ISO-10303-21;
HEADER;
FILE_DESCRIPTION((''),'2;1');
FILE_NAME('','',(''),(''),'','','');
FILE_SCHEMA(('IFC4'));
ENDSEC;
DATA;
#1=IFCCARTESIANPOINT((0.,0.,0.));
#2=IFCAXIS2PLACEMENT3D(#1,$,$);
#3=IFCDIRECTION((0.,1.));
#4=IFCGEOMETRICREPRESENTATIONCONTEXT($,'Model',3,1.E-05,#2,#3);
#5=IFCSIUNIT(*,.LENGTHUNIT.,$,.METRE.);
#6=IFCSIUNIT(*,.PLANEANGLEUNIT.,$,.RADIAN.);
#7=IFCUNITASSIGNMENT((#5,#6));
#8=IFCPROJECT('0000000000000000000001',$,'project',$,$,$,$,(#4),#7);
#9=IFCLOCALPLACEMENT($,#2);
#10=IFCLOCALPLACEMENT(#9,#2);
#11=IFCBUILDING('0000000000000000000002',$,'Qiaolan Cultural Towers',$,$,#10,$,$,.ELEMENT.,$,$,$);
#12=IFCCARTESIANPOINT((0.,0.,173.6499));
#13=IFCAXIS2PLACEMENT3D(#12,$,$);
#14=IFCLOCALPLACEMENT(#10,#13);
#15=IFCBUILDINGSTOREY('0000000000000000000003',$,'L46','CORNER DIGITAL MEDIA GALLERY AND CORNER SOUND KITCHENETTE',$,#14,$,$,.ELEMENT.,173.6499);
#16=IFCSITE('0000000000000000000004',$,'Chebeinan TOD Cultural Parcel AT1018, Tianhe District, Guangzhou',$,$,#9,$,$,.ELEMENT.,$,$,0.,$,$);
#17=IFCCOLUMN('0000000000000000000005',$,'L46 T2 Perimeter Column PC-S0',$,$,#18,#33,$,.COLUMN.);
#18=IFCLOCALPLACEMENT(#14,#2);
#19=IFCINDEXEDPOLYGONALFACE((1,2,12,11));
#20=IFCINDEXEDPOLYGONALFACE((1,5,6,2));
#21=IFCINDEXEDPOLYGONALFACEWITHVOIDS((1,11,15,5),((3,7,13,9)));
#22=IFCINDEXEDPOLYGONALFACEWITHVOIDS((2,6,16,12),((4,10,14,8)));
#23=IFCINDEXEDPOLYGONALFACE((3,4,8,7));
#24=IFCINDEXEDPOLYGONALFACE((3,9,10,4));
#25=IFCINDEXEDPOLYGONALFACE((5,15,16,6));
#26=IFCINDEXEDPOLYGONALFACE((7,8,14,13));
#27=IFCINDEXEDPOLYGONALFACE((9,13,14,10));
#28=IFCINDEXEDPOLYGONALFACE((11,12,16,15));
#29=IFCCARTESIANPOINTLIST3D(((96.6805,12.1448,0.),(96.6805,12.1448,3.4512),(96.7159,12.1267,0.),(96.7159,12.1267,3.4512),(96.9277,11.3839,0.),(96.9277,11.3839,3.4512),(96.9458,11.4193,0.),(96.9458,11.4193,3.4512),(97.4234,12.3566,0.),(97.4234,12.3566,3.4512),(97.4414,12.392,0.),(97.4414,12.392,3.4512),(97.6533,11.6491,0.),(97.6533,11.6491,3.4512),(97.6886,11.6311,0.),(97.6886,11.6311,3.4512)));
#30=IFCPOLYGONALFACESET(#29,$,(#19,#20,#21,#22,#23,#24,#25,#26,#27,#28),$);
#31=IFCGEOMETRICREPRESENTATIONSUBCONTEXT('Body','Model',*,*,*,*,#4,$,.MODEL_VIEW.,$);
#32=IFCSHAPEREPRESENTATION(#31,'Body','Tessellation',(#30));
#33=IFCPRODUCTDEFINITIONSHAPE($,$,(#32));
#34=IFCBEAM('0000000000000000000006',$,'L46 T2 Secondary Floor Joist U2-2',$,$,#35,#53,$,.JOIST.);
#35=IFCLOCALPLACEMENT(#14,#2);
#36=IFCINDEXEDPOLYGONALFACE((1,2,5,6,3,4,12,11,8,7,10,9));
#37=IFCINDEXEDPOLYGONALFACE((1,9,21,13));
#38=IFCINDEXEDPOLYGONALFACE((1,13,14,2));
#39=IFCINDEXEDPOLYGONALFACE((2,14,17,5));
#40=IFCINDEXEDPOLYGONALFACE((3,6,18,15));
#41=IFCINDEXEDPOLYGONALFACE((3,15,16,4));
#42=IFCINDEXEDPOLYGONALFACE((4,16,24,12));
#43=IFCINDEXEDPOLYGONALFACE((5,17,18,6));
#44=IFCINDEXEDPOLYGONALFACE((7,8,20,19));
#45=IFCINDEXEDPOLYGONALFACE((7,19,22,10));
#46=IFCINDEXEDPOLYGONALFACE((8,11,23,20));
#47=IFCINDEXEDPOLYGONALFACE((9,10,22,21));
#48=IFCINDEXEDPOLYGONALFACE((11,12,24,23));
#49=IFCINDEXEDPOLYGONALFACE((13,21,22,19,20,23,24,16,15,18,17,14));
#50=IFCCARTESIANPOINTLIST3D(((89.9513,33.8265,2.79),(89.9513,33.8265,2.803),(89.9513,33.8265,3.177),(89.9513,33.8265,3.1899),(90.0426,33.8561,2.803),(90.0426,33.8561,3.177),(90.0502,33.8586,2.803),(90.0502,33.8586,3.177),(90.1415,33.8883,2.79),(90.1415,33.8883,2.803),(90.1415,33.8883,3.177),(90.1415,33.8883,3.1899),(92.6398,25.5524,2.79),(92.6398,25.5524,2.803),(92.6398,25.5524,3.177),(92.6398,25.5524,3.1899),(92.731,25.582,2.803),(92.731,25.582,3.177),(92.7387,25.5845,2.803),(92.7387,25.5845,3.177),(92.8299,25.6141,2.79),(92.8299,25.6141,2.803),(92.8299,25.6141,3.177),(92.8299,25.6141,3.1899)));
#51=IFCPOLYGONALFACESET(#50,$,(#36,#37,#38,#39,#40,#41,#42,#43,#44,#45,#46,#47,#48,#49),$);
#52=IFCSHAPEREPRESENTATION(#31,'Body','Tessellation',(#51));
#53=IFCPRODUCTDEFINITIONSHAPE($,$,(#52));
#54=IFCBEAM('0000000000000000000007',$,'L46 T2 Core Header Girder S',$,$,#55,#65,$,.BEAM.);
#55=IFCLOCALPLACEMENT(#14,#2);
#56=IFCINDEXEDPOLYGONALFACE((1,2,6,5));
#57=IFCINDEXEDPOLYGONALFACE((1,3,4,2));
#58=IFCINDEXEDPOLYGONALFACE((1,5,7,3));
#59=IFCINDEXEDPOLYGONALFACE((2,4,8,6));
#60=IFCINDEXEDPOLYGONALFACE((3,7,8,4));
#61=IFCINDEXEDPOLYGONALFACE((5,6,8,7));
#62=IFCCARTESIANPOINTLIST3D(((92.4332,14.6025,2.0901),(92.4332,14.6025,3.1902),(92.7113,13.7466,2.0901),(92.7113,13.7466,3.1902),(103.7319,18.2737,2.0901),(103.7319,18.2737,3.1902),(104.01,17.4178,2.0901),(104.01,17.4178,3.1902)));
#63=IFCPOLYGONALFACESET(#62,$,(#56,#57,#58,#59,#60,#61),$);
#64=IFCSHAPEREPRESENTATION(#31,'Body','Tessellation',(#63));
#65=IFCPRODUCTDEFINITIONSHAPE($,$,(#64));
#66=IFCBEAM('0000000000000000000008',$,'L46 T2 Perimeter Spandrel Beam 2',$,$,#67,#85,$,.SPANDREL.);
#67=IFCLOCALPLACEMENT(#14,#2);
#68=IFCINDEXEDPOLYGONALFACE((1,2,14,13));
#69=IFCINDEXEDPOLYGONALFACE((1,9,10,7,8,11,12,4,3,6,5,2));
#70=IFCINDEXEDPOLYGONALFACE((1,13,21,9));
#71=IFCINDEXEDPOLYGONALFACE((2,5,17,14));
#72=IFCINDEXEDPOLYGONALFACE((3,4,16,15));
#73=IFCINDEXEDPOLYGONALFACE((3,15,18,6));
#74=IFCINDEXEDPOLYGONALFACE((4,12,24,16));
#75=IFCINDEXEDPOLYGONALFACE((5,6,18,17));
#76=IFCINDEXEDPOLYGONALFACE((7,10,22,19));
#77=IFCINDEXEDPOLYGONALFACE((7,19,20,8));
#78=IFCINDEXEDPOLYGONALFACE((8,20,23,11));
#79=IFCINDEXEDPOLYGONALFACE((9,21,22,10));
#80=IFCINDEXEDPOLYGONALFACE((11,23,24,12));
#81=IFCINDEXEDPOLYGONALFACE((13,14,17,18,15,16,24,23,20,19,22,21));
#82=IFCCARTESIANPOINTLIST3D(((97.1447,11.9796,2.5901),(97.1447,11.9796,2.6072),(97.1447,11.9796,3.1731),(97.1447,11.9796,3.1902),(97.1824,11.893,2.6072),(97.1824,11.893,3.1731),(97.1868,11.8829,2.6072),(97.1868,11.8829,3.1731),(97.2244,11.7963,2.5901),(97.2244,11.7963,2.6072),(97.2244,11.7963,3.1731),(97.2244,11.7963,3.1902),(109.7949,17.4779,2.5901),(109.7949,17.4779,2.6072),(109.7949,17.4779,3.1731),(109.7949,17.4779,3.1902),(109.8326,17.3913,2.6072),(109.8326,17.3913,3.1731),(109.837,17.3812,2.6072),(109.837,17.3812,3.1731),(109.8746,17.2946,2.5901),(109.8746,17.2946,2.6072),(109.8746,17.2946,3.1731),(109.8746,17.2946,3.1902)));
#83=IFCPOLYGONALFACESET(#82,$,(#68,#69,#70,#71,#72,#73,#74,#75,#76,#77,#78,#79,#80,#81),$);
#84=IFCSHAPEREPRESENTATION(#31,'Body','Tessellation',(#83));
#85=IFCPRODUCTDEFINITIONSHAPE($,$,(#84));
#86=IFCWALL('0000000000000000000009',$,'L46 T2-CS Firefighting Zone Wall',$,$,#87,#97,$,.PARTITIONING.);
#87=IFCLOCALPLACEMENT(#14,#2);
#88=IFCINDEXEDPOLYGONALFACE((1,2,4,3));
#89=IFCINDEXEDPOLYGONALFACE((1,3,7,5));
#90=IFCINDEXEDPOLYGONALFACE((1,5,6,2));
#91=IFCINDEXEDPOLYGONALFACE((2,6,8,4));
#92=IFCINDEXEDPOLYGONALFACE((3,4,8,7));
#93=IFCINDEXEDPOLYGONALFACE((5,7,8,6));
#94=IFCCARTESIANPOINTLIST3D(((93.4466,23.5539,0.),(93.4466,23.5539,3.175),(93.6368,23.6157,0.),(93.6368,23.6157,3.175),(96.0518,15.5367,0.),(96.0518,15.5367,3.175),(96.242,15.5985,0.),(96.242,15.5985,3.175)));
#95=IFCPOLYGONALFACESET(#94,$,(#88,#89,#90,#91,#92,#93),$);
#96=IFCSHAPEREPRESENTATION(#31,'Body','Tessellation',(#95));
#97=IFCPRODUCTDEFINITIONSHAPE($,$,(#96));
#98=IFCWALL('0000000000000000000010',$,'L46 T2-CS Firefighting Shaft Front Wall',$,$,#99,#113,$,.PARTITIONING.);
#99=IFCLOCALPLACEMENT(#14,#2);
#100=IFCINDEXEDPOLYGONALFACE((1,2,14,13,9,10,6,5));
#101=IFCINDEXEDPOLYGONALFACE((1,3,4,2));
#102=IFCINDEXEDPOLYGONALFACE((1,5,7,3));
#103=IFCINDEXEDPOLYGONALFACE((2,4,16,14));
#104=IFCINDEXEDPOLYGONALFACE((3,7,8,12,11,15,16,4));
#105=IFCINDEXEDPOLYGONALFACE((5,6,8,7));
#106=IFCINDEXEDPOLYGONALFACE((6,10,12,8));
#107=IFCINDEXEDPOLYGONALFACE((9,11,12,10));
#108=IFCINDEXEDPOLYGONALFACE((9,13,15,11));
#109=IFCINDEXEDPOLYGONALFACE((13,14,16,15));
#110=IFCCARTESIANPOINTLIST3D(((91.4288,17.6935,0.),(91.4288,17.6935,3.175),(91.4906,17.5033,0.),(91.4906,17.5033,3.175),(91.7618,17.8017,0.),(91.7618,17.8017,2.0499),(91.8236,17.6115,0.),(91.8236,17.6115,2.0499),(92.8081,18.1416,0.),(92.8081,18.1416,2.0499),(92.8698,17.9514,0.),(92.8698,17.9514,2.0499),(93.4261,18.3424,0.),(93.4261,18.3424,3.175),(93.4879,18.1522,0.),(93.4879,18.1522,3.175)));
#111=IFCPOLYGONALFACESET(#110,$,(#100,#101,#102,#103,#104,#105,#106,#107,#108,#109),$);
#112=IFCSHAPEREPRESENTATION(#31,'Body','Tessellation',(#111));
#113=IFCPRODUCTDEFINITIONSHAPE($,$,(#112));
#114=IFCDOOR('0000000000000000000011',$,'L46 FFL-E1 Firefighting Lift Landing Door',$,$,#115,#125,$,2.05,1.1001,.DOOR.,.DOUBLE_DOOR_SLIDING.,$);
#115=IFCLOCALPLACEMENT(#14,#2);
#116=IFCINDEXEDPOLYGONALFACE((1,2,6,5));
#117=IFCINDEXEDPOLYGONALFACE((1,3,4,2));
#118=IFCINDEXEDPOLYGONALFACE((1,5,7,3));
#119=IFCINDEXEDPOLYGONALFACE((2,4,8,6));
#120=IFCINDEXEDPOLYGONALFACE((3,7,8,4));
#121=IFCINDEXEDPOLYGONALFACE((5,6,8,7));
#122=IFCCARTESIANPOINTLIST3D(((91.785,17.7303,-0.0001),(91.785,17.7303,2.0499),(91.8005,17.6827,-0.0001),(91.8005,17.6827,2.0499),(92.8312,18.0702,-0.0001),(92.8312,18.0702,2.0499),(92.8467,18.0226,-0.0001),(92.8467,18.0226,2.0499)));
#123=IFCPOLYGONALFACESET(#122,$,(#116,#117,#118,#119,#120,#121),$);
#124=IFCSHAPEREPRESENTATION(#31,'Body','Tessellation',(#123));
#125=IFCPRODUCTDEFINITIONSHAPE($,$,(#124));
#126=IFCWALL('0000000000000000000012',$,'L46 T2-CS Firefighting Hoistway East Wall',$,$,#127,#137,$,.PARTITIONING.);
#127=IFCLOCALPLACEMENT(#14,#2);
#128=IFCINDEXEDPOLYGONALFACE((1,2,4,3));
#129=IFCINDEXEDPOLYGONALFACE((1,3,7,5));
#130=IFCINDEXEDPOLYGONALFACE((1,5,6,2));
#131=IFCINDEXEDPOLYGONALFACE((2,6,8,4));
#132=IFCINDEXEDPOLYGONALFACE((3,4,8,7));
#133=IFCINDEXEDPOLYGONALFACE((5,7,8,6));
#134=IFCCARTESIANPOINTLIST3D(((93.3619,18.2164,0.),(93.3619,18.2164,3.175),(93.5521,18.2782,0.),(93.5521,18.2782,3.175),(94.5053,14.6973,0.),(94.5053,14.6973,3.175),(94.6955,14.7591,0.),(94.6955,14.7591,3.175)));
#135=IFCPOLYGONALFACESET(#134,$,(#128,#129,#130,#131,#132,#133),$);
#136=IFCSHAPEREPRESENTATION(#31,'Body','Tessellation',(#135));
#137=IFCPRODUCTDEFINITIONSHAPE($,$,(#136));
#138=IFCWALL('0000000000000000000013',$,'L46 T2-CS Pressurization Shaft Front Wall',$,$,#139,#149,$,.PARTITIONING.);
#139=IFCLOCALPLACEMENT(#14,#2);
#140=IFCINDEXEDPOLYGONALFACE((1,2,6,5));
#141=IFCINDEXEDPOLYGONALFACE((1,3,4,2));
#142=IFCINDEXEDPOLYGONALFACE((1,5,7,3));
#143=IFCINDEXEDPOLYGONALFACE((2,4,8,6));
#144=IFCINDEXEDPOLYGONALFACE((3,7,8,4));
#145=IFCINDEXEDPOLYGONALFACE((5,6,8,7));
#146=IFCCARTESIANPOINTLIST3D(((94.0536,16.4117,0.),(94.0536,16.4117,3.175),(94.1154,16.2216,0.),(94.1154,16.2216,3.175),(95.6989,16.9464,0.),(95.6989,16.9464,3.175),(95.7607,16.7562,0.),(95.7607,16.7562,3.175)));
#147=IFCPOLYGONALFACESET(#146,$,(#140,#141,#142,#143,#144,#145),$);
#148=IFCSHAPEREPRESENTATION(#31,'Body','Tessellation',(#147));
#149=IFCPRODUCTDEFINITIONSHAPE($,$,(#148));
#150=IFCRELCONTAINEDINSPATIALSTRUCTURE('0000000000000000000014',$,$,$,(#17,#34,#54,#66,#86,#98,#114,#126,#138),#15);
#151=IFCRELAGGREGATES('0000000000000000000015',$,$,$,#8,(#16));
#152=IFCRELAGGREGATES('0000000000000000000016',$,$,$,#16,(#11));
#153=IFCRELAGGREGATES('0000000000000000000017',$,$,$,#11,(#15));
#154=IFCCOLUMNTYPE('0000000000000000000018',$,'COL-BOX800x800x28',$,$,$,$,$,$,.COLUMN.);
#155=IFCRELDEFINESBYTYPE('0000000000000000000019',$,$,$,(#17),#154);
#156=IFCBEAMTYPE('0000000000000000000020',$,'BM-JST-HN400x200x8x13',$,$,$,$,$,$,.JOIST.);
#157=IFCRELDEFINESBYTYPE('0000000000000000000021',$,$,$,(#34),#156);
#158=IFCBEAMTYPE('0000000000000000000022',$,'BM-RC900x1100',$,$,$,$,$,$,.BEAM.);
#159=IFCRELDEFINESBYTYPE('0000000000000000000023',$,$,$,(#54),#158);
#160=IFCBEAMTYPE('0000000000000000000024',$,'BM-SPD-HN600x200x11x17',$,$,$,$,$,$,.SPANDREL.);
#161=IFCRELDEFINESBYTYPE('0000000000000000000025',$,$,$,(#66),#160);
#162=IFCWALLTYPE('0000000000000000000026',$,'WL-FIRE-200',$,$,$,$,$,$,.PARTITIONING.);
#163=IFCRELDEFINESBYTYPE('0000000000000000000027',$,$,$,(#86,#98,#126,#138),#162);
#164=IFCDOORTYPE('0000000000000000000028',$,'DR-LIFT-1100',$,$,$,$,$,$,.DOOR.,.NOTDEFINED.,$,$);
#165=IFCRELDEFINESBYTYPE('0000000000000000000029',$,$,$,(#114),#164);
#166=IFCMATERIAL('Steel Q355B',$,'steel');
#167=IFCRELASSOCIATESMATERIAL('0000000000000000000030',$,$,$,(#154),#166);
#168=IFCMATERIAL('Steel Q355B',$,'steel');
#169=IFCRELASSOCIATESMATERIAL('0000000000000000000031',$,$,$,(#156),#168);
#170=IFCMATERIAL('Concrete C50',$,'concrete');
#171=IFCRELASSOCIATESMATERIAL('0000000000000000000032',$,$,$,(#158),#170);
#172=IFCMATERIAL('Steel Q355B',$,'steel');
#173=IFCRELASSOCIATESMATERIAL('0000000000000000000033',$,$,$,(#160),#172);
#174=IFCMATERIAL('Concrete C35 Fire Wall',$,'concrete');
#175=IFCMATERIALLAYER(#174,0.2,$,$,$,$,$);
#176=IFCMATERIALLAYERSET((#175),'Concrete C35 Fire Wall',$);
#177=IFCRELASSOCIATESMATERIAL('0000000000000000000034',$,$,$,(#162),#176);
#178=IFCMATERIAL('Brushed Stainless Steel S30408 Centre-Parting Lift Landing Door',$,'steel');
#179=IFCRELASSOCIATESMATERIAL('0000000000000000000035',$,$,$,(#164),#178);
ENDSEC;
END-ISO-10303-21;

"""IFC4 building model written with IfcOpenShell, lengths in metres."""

from ifc_helpers import new_model, si_unit, direction, frame, frame_2d, origin, origin_2d, place, context, subcontext, project, spatial, rectangle, hollow_rectangle, i_section, extrude, material, layer, layer_set, material_profile, profile_set, type_object, element, fill, save


model = new_model("IFC4")

# Units and contexts
model_context = context("Model", 3, precision=1e-05, world=origin(), true_north=direction((0.0, 1.0)))
body_context = subcontext(model_context, "Body", "Model", "MODEL_VIEW")
ifc_project = project(units=[si_unit("LENGTHUNIT", "METRE"), si_unit("PLANEANGLEUNIT", "RADIAN")], contexts=[model_context])

# Site, building, storey
site_placement = place(None, origin())
site = spatial("IfcSite", under=ifc_project, at=site_placement, Name="Chebeinan TOD Cultural Parcel AT1018, Tianhe District, Guangzhou", CompositionType="ELEMENT", RefElevation=0.0)
building_placement = place(site_placement, origin())
building = spatial("IfcBuilding", under=site, at=building_placement, Name="Qiaolan Cultural Towers", CompositionType="ELEMENT")
storey_placement = place(building_placement, frame((0.0, 0.0, 173.6499)))
storey = spatial("IfcBuildingStorey", under=building, at=storey_placement, Name="L46", Description="CORNER DIGITAL MEDIA GALLERY AND CORNER SOUND KITCHENETTE", CompositionType="ELEMENT", Elevation=173.6499)

# Column
ifc_material_1 = material(Name="Steel Q355B", Category="steel")
ifc_material_profile_1 = material_profile(ifc_material_1, hollow_rectangle(XDim=0.8, YDim=0.8, WallThickness=0.0281, at=origin_2d()), Name="BOX800x800x28")
ifc_profile_set_1 = profile_set([ifc_material_profile_1], Name="Steel Q355B")
column_type = type_object("IfcColumnType", Name="COL-BOX800x800x28", PredefinedType="COLUMN", material=ifc_profile_set_1)
column_placement = place(storey_placement, frame((97.1846, 11.8879, 0.0), z_axis=(0.0, 0.0, 1.0), x_axis=(0.951057, 0.309017, 0.0)))
element("IfcColumn", 1, at=column_placement, inside=storey, type_object=column_type, Name="L46 T2 Perimeter Column PC-S0", PredefinedType="COLUMN", context=body_context, shape_type="SweptSolid", body=[
    extrude(hollow_rectangle(XDim=0.8, YDim=0.8, WallThickness=0.0281, at=origin_2d()), origin(), (0.0, 0.0, 1.0), 3.4512),
])

# Beams
ifc_material_2 = material(Name="Steel Q355B", Category="steel")
ifc_material_profile_2 = material_profile(ifc_material_2, i_section(OverallWidth=0.2, OverallDepth=0.3999, WebThickness=0.0081, FlangeThickness=0.0129, at=origin_2d()), Name="HN400x200x8x13")
ifc_profile_set_2 = profile_set([ifc_material_profile_2], Name="Steel Q355B")
beam_type_1 = type_object("IfcBeamType", Name="BM-JST-HN400x200x8x13", PredefinedType="JOIST", material=ifc_profile_set_2)
beam_1_placement = place(storey_placement, frame((92.7349, 25.5833, 2.99), z_axis=(-0.309021, 0.951055, 0.0), x_axis=(-0.951055, -0.309021, 0.0)))
element("IfcBeam", 2, at=beam_1_placement, inside=storey, type_object=beam_type_1, Name="L46 T2 Secondary Floor Joist U2-2", PredefinedType="JOIST", context=body_context, shape_type="SweptSolid", body=[
    extrude(i_section(OverallWidth=0.2, OverallDepth=0.3999, WebThickness=0.0081, FlangeThickness=0.0129, at=origin_2d()), origin(), (0.0, 0.0, 1.0), 8.7),
])
ifc_material_3 = material(Name="Concrete C50", Category="concrete")
ifc_material_profile_3 = material_profile(ifc_material_3, rectangle(XDim=0.8999, YDim=1.1001, at=origin_2d()), Name="RC900x1100")
ifc_profile_set_3 = profile_set([ifc_material_profile_3], Name="Concrete C50")
beam_type_2 = type_object("IfcBeamType", Name="BM-RC900x1100", PredefinedType="BEAM", material=ifc_profile_set_3)
beam_2_placement = place(storey_placement, frame((92.5723, 14.1746, 2.6401), z_axis=(0.951056, 0.309018, 0.0), x_axis=(-0.309018, 0.951056, 0.0)))
element("IfcBeam", 3, at=beam_2_placement, inside=storey, type_object=beam_type_2, Name="L46 T2 Core Header Girder S", PredefinedType="BEAM", context=body_context, shape_type="SweptSolid", body=[
    extrude(rectangle(XDim=0.8999, YDim=1.1001, at=origin_2d()), origin(), (0.0, 0.0, 1.0), 11.8801),
])
ifc_material_4 = material(Name="Steel Q355B", Category="steel")
ifc_material_profile_4 = material_profile(ifc_material_4, i_section(OverallWidth=0.2, OverallDepth=0.6001, WebThickness=0.011, FlangeThickness=0.0171, at=origin_2d()), Name="HN600x200x11x17")
ifc_profile_set_4 = profile_set([ifc_material_profile_4], Name="Steel Q355B")
beam_type_3 = type_object("IfcBeamType", Name="BM-SPD-HN600x200x11x17", PredefinedType="SPANDREL", material=ifc_profile_set_4)
beam_3_placement = place(storey_placement, frame((97.1846, 11.8879, 2.8901), z_axis=(0.917117, 0.398618, 0.0), x_axis=(-0.398618, 0.917117, 0.0)))
element("IfcBeam", 4, at=beam_3_placement, inside=storey, type_object=beam_type_3, Name="L46 T2 Perimeter Spandrel Beam 2", PredefinedType="SPANDREL", context=body_context, shape_type="SweptSolid", body=[
    extrude(i_section(OverallWidth=0.2, OverallDepth=0.6001, WebThickness=0.011, FlangeThickness=0.0171, at=origin_2d()), origin(), (0.0, 0.0, 1.0), 13.7935),
])

# Wall
ifc_material_5 = material(Name="Concrete C35 Fire Wall", Category="concrete")
ifc_layer_1 = layer(ifc_material_5, 0.2)
ifc_layer_set_1 = layer_set([ifc_layer_1], Name="Concrete C35 Fire Wall")
wall_type_1 = type_object("IfcWallType", Name="WL-FIRE-200", PredefinedType="PARTITIONING", material=ifc_layer_set_1)
wall_1_placement = place(storey_placement, frame((93.5417, 23.5847, 0.0), z_axis=(0.0, 0.0, 1.0), x_axis=(0.309042, -0.951048, 0.0)))
element("IfcWall", 5, at=wall_1_placement, inside=storey, type_object=wall_type_1, Name="L46 T2-CS Firefighting Zone Wall", PredefinedType="PARTITIONING", context=body_context, shape_type="SweptSolid", body=[
    extrude(rectangle(XDim=8.4299, YDim=0.2, at=frame_2d((4.2148, 0.0))), origin(), (0.0, 0.0, 1.0), 3.175),
])

# Wall, opening, door
wall_2_placement = place(storey_placement, frame((91.4597, 17.5984, 0.0), z_axis=(0.0, 0.0, 1.0), x_axis=(0.951062, 0.308999, 0.0)))
wall_2 = element("IfcWall", 6, at=wall_2_placement, inside=storey, type_object=wall_type_1, Name="L46 T2-CS Firefighting Shaft Front Wall", PredefinedType="PARTITIONING", context=body_context, shape_type="SweptSolid", body=[
    extrude(rectangle(XDim=2.1001, YDim=0.2, at=frame_2d((1.05, 0.0))), origin(), (0.0, 0.0, 1.0), 3.175),
])
opening_1_placement = place(wall_2_placement, frame((0.3501, 0.0, 0.0)))
opening_1 = element("IfcOpeningElement", 7, at=opening_1_placement, cuts=wall_2, PredefinedType="OPENING", context=body_context, shape_type="SweptSolid", body=[
    extrude(rectangle(XDim=1.1001, YDim=2.05, at=frame_2d((0.55, 1.0249))), frame((0.0, 0.1099, 0.0), z_axis=(0.0, -1.0, 0.0), x_axis=(1.0, 0.0, 0.0)), (0.0, 0.0, 1.0), 0.22),
])
ifc_material_6 = material(Name="Brushed Stainless Steel S30408 Centre-Parting Lift Landing Door", Category="steel")
door_type_1 = type_object("IfcDoorType", Name="DR-LIFT-1100", OperationType="NOTDEFINED", PredefinedType="DOOR", material=ifc_material_6)
door_1_placement = place(opening_1_placement, origin())
door_1 = element("IfcDoor", 8, at=door_1_placement, inside=storey, type_object=door_type_1, Name="L46 FFL-E1 Firefighting Lift Landing Door", OperationType="DOUBLE_DOOR_SLIDING", OverallHeight=2.05, OverallWidth=1.1001, PredefinedType="DOOR", context=body_context, shape_type="SweptSolid", body=[
    extrude(rectangle(XDim=1.1001, YDim=2.05, at=frame_2d((0.55, 1.0249))), frame((0.0, 0.0249, 0.0), z_axis=(0.0, -1.0, 0.0), x_axis=(1.0, 0.0, 0.0)), (0.0, 0.0, 1.0), 0.05),
])
fill(opening_1, door_1)

# Walls
wall_3_placement = place(storey_placement, frame((93.457, 18.2473, 0.0), z_axis=(0.0, 0.0, 1.0), x_axis=(0.308994, -0.951064, 0.0)))
element("IfcWall", 9, at=wall_3_placement, inside=storey, type_object=wall_type_1, Name="L46 T2-CS Firefighting Hoistway East Wall", PredefinedType="PARTITIONING", context=body_context, shape_type="SweptSolid", body=[
    extrude(rectangle(XDim=3.7002, YDim=0.2, at=frame_2d((1.8501, 0.0))), origin(), (0.0, 0.0, 1.0), 3.175),
])
wall_4_placement = place(storey_placement, frame((94.0845, 16.3167, 0.0), z_axis=(0.0, 0.0, 1.0), x_axis=(0.951041, 0.309064, 0.0)))
element("IfcWall", 10, at=wall_4_placement, inside=storey, type_object=wall_type_1, Name="L46 T2-CS Pressurization Shaft Front Wall", PredefinedType="PARTITIONING", context=body_context, shape_type="SweptSolid", body=[
    extrude(rectangle(XDim=1.73, YDim=0.2, at=frame_2d((0.865, 0.0))), origin(), (0.0, 0.0, 1.0), 3.175),
])

save(model, "model.ifc")
